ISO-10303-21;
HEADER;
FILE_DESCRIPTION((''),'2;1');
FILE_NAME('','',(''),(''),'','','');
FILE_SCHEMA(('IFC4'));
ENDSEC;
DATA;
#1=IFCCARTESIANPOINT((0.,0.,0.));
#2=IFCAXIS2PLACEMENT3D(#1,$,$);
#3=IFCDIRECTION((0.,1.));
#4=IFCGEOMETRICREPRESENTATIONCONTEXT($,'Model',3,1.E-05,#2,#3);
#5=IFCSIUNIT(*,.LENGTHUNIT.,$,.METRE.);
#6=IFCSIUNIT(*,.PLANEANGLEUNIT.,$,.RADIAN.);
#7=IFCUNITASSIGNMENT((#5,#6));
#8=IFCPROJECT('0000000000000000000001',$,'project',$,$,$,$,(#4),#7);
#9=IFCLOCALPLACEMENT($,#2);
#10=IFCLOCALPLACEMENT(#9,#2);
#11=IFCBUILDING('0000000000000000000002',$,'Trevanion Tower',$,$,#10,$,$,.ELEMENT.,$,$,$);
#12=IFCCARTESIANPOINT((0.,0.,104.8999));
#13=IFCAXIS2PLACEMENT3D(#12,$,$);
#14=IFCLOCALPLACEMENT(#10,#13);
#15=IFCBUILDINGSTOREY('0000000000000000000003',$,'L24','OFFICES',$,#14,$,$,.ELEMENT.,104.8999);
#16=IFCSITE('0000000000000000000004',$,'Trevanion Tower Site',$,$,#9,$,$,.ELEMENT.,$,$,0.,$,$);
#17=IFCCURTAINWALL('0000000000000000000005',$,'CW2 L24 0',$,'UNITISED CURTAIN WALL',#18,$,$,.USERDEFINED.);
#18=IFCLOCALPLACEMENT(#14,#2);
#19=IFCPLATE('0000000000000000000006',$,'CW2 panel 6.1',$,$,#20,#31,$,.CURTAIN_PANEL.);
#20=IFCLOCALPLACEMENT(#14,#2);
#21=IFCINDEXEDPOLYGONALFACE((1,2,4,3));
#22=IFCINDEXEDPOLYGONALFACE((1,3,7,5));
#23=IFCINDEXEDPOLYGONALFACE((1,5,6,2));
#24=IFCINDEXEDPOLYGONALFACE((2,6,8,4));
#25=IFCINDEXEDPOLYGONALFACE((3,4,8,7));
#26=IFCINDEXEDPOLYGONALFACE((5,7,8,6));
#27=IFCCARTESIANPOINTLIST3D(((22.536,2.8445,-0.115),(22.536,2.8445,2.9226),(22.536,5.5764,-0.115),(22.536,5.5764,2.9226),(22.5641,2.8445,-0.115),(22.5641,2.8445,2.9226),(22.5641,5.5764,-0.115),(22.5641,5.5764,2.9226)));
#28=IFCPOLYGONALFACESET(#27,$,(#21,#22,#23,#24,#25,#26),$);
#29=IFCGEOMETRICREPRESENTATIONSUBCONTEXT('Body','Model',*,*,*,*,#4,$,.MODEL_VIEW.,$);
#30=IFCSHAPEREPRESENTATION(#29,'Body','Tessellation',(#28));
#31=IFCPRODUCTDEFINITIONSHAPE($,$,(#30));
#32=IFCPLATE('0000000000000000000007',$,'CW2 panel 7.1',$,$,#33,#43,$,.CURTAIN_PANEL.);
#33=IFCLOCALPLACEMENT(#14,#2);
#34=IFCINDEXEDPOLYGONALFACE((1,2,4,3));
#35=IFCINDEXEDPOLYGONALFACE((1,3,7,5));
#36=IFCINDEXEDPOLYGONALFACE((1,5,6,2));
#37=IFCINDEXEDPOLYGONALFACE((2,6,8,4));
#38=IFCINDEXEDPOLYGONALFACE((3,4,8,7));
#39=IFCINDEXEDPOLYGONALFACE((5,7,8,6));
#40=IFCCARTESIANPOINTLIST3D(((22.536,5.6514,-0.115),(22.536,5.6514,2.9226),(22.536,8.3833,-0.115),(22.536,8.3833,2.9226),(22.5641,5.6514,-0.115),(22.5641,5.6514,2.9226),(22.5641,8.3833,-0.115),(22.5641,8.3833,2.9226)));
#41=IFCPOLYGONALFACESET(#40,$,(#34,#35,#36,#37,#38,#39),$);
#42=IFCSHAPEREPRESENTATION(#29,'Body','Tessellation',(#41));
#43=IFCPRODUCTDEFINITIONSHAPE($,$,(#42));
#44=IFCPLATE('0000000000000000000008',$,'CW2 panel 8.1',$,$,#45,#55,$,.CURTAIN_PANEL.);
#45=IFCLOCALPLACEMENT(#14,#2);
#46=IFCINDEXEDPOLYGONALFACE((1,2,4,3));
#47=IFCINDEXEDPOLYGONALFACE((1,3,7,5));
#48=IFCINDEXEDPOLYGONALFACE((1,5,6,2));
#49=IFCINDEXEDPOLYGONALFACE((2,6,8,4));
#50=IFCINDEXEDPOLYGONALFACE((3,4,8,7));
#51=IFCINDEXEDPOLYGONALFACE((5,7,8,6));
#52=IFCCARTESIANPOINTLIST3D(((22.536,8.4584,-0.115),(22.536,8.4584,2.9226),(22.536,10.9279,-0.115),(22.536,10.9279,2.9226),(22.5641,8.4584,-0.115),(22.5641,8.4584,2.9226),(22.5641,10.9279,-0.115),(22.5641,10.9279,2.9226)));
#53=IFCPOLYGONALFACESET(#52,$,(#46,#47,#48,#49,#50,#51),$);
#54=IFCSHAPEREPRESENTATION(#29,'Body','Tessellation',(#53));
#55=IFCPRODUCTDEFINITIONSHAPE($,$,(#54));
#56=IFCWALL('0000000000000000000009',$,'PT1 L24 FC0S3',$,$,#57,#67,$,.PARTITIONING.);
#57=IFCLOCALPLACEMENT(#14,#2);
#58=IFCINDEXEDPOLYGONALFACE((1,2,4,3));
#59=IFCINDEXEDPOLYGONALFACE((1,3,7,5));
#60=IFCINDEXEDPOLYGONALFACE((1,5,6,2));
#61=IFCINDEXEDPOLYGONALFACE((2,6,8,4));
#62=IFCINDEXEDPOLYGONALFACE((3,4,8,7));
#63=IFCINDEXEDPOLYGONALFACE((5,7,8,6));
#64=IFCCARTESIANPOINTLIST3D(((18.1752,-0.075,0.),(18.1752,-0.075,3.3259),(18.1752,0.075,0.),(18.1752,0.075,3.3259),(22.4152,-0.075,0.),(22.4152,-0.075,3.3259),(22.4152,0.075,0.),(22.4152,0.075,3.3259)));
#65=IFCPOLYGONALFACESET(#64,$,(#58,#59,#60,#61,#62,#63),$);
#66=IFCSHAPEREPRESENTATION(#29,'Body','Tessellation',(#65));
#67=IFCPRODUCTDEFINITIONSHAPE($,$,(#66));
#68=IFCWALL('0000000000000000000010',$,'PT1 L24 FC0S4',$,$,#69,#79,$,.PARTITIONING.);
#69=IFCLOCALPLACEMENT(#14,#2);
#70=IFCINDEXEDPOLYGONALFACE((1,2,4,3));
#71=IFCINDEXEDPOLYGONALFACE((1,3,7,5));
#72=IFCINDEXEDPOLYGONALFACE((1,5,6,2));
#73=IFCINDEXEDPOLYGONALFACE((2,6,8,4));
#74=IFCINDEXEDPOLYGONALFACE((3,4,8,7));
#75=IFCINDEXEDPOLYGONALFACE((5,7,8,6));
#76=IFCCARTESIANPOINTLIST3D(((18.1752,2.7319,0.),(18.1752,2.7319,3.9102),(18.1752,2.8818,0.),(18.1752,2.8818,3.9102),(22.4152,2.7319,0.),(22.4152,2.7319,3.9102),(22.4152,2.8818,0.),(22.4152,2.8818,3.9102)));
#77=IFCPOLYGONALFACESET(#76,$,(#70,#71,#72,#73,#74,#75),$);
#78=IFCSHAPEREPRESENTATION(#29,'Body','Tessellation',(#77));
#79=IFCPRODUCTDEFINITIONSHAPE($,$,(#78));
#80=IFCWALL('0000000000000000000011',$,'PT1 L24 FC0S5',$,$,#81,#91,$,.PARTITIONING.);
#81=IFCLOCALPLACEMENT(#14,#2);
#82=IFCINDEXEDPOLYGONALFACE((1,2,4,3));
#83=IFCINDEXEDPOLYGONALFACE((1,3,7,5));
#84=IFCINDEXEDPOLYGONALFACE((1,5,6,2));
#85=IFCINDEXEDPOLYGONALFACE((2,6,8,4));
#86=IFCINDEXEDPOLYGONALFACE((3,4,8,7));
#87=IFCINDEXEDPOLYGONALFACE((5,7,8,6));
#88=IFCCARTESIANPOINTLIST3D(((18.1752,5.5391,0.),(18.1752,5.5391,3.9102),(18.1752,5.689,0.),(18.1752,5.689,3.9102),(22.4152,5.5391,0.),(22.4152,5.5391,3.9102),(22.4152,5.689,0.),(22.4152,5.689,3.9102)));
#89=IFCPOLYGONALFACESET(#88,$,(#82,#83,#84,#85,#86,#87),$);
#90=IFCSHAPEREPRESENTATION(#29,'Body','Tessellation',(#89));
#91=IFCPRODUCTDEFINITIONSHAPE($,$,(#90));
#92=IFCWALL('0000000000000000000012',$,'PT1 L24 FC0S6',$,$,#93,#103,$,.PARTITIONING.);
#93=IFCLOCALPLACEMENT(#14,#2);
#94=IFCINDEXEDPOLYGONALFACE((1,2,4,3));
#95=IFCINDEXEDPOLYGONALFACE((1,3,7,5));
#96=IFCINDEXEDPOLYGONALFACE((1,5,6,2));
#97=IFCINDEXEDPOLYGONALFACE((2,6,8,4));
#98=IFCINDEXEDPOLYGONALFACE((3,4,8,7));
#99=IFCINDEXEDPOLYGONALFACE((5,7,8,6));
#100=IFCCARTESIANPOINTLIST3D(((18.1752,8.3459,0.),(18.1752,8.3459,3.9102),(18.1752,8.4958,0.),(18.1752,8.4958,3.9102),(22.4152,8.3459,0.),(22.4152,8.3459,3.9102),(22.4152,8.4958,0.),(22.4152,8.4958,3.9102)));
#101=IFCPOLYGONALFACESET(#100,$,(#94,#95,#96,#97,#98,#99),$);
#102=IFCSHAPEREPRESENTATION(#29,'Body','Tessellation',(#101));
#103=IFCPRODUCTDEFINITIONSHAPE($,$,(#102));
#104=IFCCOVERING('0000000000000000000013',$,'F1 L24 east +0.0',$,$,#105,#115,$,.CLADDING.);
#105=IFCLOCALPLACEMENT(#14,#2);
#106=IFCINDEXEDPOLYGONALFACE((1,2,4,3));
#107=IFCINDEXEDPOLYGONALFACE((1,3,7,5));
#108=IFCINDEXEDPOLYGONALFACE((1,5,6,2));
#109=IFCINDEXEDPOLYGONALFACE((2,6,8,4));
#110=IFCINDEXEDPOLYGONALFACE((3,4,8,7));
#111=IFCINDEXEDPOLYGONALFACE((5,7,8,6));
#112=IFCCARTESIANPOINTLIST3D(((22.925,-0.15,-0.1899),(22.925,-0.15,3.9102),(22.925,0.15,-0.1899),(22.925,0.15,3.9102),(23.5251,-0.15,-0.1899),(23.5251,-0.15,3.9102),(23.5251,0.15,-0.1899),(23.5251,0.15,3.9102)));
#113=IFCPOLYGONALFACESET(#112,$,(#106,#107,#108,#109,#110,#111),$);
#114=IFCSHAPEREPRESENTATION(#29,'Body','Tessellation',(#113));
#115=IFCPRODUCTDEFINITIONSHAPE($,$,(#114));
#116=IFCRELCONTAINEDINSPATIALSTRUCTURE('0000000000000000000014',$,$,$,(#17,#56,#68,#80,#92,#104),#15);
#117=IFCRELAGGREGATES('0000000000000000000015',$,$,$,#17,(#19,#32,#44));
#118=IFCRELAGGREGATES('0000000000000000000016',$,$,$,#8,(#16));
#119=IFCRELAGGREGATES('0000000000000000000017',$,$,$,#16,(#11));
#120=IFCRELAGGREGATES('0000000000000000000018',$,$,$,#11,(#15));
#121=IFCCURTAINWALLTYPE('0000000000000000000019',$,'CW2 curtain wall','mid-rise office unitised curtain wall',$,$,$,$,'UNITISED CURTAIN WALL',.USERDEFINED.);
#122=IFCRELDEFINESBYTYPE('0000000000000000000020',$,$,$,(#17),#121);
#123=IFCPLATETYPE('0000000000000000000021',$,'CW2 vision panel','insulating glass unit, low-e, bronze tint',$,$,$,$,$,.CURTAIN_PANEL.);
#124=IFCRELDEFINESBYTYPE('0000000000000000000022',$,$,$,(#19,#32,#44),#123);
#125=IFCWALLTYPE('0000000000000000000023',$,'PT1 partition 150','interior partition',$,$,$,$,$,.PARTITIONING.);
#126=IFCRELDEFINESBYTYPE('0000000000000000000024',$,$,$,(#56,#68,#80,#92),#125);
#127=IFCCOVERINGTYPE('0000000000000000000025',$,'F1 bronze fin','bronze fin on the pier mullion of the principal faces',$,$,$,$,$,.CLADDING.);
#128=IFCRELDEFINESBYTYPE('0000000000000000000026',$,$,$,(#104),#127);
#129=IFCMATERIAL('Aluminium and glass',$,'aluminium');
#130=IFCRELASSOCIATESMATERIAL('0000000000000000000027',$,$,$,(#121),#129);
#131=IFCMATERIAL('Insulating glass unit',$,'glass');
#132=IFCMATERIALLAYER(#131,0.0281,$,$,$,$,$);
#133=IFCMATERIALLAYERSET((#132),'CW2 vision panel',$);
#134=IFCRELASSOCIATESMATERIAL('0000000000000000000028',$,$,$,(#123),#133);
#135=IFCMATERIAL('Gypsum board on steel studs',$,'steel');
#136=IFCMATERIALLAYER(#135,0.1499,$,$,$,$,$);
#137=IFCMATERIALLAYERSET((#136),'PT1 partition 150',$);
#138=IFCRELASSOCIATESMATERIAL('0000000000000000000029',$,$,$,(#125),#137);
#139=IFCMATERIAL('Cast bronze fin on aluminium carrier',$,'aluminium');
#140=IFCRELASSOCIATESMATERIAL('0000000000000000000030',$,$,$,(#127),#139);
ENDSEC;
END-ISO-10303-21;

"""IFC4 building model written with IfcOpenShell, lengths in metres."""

from ifc_helpers import new_model, si_unit, direction, frame, frame_2d, origin, origin_2d, place, context, subcontext, project, spatial, rectangle, extrude, material, layer, layer_set, type_object, element, aggregate, save


model = new_model("IFC4")

# Units and contexts
model_context = context("Model", 3, precision=1e-05, world=origin(), true_north=direction((0.0, 1.0)))
body_context = subcontext(model_context, "Body", "Model", "MODEL_VIEW")
ifc_project = project(units=[si_unit("LENGTHUNIT", "METRE"), si_unit("PLANEANGLEUNIT", "RADIAN")], contexts=[model_context])

# Site, building, storey
site_placement = place(None, origin())
site = spatial("IfcSite", under=ifc_project, at=site_placement, Name="Trevanion Tower Site", CompositionType="ELEMENT", RefElevation=0.0)
building_placement = place(site_placement, origin())
building = spatial("IfcBuilding", under=site, at=building_placement, Name="Trevanion Tower", CompositionType="ELEMENT")
storey_placement = place(building_placement, frame((0.0, 0.0, 104.8999)))
storey = spatial("IfcBuildingStorey", under=building, at=storey_placement, Name="L24", Description="OFFICES", CompositionType="ELEMENT", Elevation=104.8999)

# Curtain wall
ifc_material_1 = material(Name="Aluminium and glass", Category="aluminium")
curtain_wall_type = type_object("IfcCurtainWallType", Name="CW2 curtain wall", Description="mid-rise office unitised curtain wall", ElementType="UNITISED CURTAIN WALL", PredefinedType="USERDEFINED", material=ifc_material_1)
curtain_wall_placement = place(storey_placement, origin())
curtain_wall = element("IfcCurtainWall", 1, at=curtain_wall_placement, inside=storey, type_object=curtain_wall_type, Name="CW2 L24 0", ObjectType="UNITISED CURTAIN WALL", PredefinedType="USERDEFINED")

# Plates
ifc_material_2 = material(Name="Insulating glass unit", Category="glass")
ifc_layer_1 = layer(ifc_material_2, 0.0281)
ifc_layer_set_1 = layer_set([ifc_layer_1], Name="CW2 vision panel")
plate_type_1 = type_object("IfcPlateType", Name="CW2 vision panel", Description="insulating glass unit, low-e, bronze tint", PredefinedType="CURTAIN_PANEL", material=ifc_layer_set_1)
plate_1_placement = place(storey_placement, frame((22.55, 4.2104, -0.115), z_axis=(0.0, 0.0, 1.0), x_axis=(0.0, 1.0, 0.0)))
plate_1 = element("IfcPlate", 2, at=plate_1_placement, type_object=plate_type_1, Name="CW2 panel 6.1", PredefinedType="CURTAIN_PANEL", context=body_context, shape_type="SweptSolid", body=[
    extrude(rectangle(XDim=2.7319, YDim=0.0281, at=origin_2d()), origin(), (0.0, 0.0, 1.0), 3.0376),
])
plate_2_placement = place(storey_placement, frame((22.55, 7.0173, -0.115), z_axis=(0.0, 0.0, 1.0), x_axis=(0.0, 1.0, 0.0)))
plate_2 = element("IfcPlate", 3, at=plate_2_placement, type_object=plate_type_1, Name="CW2 panel 7.1", PredefinedType="CURTAIN_PANEL", context=body_context, shape_type="SweptSolid", body=[
    extrude(rectangle(XDim=2.7319, YDim=0.0281, at=origin_2d()), origin(), (0.0, 0.0, 1.0), 3.0376),
])
plate_3_placement = place(storey_placement, frame((22.55, 9.6931, -0.115), z_axis=(0.0, 0.0, 1.0), x_axis=(0.0, 1.0, 0.0)))
plate_3 = element("IfcPlate", 4, at=plate_3_placement, type_object=plate_type_1, Name="CW2 panel 8.1", PredefinedType="CURTAIN_PANEL", context=body_context, shape_type="SweptSolid", body=[
    extrude(rectangle(XDim=2.4695, YDim=0.0281, at=origin_2d()), origin(), (0.0, 0.0, 1.0), 3.0376),
])
aggregate(curtain_wall, [plate_1, plate_2, plate_3])

# Walls
ifc_material_3 = material(Name="Gypsum board on steel studs", Category="steel")
ifc_layer_2 = layer(ifc_material_3, 0.1499)
ifc_layer_set_2 = layer_set([ifc_layer_2], Name="PT1 partition 150")
wall_type = type_object("IfcWallType", Name="PT1 partition 150", Description="interior partition", PredefinedType="PARTITIONING", material=ifc_layer_set_2)
wall_placement = place(storey_placement, frame((18.175, 0.0, 0.0), z_axis=(0.0, 0.0, 1.0), x_axis=(1.0, 0.0, 0.0)))
element("IfcWall", 5, at=wall_placement, inside=storey, type_object=wall_type, Name="PT1 L24 FC0S3", PredefinedType="PARTITIONING", context=body_context, shape_type="SweptSolid", body=[
    extrude(rectangle(XDim=4.24, YDim=0.1499, at=frame_2d((2.1201, 0.0))), origin(), (0.0, 0.0, 1.0), 3.3259),
])
for number, where, z_axis, x_axis, name in (
    (6, (18.175, 2.8069, 0.0), (0.0, 0.0, 1.0), (1.0, 0.0, 0.0), "PT1 L24 FC0S4"),
    (7, (18.175, 5.614, 0.0), (0.0, 0.0, 1.0), (1.0, 0.0, 0.0), "PT1 L24 FC0S5"),
    (8, (18.175, 8.4209, 0.0), (0.0, 0.0, 1.0), (1.0, 0.0, 0.0), "PT1 L24 FC0S6"),
):
    element("IfcWall", number, at=place(storey_placement, frame(where, z_axis=z_axis, x_axis=x_axis)), inside=storey, type_object=wall_type, Name=name, PredefinedType="PARTITIONING", context=body_context, shape_type="SweptSolid", body=[
        extrude(rectangle(XDim=4.24, YDim=0.1499, at=frame_2d((2.1201, 0.0))), origin(), (0.0, 0.0, 1.0), 3.9102),
    ])

# Covering
ifc_material_4 = material(Name="Cast bronze fin on aluminium carrier", Category="aluminium")
covering_type = type_object("IfcCoveringType", Name="F1 bronze fin", Description="bronze fin on the pier mullion of the principal faces", PredefinedType="CLADDING", material=ifc_material_4)
covering_placement = place(storey_placement, frame((23.2251, 0.0, -0.1899), z_axis=(0.0, 0.0, 1.0), x_axis=(0.0, 1.0, 0.0)))
element("IfcCovering", 9, at=covering_placement, inside=storey, type_object=covering_type, Name="F1 L24 east +0.0", PredefinedType="CLADDING", context=body_context, shape_type="SweptSolid", body=[
    extrude(rectangle(XDim=0.3, YDim=0.6001, at=origin_2d()), origin(), (0.0, 0.0, 1.0), 4.1001),
])

save(model, "model.ifc")
